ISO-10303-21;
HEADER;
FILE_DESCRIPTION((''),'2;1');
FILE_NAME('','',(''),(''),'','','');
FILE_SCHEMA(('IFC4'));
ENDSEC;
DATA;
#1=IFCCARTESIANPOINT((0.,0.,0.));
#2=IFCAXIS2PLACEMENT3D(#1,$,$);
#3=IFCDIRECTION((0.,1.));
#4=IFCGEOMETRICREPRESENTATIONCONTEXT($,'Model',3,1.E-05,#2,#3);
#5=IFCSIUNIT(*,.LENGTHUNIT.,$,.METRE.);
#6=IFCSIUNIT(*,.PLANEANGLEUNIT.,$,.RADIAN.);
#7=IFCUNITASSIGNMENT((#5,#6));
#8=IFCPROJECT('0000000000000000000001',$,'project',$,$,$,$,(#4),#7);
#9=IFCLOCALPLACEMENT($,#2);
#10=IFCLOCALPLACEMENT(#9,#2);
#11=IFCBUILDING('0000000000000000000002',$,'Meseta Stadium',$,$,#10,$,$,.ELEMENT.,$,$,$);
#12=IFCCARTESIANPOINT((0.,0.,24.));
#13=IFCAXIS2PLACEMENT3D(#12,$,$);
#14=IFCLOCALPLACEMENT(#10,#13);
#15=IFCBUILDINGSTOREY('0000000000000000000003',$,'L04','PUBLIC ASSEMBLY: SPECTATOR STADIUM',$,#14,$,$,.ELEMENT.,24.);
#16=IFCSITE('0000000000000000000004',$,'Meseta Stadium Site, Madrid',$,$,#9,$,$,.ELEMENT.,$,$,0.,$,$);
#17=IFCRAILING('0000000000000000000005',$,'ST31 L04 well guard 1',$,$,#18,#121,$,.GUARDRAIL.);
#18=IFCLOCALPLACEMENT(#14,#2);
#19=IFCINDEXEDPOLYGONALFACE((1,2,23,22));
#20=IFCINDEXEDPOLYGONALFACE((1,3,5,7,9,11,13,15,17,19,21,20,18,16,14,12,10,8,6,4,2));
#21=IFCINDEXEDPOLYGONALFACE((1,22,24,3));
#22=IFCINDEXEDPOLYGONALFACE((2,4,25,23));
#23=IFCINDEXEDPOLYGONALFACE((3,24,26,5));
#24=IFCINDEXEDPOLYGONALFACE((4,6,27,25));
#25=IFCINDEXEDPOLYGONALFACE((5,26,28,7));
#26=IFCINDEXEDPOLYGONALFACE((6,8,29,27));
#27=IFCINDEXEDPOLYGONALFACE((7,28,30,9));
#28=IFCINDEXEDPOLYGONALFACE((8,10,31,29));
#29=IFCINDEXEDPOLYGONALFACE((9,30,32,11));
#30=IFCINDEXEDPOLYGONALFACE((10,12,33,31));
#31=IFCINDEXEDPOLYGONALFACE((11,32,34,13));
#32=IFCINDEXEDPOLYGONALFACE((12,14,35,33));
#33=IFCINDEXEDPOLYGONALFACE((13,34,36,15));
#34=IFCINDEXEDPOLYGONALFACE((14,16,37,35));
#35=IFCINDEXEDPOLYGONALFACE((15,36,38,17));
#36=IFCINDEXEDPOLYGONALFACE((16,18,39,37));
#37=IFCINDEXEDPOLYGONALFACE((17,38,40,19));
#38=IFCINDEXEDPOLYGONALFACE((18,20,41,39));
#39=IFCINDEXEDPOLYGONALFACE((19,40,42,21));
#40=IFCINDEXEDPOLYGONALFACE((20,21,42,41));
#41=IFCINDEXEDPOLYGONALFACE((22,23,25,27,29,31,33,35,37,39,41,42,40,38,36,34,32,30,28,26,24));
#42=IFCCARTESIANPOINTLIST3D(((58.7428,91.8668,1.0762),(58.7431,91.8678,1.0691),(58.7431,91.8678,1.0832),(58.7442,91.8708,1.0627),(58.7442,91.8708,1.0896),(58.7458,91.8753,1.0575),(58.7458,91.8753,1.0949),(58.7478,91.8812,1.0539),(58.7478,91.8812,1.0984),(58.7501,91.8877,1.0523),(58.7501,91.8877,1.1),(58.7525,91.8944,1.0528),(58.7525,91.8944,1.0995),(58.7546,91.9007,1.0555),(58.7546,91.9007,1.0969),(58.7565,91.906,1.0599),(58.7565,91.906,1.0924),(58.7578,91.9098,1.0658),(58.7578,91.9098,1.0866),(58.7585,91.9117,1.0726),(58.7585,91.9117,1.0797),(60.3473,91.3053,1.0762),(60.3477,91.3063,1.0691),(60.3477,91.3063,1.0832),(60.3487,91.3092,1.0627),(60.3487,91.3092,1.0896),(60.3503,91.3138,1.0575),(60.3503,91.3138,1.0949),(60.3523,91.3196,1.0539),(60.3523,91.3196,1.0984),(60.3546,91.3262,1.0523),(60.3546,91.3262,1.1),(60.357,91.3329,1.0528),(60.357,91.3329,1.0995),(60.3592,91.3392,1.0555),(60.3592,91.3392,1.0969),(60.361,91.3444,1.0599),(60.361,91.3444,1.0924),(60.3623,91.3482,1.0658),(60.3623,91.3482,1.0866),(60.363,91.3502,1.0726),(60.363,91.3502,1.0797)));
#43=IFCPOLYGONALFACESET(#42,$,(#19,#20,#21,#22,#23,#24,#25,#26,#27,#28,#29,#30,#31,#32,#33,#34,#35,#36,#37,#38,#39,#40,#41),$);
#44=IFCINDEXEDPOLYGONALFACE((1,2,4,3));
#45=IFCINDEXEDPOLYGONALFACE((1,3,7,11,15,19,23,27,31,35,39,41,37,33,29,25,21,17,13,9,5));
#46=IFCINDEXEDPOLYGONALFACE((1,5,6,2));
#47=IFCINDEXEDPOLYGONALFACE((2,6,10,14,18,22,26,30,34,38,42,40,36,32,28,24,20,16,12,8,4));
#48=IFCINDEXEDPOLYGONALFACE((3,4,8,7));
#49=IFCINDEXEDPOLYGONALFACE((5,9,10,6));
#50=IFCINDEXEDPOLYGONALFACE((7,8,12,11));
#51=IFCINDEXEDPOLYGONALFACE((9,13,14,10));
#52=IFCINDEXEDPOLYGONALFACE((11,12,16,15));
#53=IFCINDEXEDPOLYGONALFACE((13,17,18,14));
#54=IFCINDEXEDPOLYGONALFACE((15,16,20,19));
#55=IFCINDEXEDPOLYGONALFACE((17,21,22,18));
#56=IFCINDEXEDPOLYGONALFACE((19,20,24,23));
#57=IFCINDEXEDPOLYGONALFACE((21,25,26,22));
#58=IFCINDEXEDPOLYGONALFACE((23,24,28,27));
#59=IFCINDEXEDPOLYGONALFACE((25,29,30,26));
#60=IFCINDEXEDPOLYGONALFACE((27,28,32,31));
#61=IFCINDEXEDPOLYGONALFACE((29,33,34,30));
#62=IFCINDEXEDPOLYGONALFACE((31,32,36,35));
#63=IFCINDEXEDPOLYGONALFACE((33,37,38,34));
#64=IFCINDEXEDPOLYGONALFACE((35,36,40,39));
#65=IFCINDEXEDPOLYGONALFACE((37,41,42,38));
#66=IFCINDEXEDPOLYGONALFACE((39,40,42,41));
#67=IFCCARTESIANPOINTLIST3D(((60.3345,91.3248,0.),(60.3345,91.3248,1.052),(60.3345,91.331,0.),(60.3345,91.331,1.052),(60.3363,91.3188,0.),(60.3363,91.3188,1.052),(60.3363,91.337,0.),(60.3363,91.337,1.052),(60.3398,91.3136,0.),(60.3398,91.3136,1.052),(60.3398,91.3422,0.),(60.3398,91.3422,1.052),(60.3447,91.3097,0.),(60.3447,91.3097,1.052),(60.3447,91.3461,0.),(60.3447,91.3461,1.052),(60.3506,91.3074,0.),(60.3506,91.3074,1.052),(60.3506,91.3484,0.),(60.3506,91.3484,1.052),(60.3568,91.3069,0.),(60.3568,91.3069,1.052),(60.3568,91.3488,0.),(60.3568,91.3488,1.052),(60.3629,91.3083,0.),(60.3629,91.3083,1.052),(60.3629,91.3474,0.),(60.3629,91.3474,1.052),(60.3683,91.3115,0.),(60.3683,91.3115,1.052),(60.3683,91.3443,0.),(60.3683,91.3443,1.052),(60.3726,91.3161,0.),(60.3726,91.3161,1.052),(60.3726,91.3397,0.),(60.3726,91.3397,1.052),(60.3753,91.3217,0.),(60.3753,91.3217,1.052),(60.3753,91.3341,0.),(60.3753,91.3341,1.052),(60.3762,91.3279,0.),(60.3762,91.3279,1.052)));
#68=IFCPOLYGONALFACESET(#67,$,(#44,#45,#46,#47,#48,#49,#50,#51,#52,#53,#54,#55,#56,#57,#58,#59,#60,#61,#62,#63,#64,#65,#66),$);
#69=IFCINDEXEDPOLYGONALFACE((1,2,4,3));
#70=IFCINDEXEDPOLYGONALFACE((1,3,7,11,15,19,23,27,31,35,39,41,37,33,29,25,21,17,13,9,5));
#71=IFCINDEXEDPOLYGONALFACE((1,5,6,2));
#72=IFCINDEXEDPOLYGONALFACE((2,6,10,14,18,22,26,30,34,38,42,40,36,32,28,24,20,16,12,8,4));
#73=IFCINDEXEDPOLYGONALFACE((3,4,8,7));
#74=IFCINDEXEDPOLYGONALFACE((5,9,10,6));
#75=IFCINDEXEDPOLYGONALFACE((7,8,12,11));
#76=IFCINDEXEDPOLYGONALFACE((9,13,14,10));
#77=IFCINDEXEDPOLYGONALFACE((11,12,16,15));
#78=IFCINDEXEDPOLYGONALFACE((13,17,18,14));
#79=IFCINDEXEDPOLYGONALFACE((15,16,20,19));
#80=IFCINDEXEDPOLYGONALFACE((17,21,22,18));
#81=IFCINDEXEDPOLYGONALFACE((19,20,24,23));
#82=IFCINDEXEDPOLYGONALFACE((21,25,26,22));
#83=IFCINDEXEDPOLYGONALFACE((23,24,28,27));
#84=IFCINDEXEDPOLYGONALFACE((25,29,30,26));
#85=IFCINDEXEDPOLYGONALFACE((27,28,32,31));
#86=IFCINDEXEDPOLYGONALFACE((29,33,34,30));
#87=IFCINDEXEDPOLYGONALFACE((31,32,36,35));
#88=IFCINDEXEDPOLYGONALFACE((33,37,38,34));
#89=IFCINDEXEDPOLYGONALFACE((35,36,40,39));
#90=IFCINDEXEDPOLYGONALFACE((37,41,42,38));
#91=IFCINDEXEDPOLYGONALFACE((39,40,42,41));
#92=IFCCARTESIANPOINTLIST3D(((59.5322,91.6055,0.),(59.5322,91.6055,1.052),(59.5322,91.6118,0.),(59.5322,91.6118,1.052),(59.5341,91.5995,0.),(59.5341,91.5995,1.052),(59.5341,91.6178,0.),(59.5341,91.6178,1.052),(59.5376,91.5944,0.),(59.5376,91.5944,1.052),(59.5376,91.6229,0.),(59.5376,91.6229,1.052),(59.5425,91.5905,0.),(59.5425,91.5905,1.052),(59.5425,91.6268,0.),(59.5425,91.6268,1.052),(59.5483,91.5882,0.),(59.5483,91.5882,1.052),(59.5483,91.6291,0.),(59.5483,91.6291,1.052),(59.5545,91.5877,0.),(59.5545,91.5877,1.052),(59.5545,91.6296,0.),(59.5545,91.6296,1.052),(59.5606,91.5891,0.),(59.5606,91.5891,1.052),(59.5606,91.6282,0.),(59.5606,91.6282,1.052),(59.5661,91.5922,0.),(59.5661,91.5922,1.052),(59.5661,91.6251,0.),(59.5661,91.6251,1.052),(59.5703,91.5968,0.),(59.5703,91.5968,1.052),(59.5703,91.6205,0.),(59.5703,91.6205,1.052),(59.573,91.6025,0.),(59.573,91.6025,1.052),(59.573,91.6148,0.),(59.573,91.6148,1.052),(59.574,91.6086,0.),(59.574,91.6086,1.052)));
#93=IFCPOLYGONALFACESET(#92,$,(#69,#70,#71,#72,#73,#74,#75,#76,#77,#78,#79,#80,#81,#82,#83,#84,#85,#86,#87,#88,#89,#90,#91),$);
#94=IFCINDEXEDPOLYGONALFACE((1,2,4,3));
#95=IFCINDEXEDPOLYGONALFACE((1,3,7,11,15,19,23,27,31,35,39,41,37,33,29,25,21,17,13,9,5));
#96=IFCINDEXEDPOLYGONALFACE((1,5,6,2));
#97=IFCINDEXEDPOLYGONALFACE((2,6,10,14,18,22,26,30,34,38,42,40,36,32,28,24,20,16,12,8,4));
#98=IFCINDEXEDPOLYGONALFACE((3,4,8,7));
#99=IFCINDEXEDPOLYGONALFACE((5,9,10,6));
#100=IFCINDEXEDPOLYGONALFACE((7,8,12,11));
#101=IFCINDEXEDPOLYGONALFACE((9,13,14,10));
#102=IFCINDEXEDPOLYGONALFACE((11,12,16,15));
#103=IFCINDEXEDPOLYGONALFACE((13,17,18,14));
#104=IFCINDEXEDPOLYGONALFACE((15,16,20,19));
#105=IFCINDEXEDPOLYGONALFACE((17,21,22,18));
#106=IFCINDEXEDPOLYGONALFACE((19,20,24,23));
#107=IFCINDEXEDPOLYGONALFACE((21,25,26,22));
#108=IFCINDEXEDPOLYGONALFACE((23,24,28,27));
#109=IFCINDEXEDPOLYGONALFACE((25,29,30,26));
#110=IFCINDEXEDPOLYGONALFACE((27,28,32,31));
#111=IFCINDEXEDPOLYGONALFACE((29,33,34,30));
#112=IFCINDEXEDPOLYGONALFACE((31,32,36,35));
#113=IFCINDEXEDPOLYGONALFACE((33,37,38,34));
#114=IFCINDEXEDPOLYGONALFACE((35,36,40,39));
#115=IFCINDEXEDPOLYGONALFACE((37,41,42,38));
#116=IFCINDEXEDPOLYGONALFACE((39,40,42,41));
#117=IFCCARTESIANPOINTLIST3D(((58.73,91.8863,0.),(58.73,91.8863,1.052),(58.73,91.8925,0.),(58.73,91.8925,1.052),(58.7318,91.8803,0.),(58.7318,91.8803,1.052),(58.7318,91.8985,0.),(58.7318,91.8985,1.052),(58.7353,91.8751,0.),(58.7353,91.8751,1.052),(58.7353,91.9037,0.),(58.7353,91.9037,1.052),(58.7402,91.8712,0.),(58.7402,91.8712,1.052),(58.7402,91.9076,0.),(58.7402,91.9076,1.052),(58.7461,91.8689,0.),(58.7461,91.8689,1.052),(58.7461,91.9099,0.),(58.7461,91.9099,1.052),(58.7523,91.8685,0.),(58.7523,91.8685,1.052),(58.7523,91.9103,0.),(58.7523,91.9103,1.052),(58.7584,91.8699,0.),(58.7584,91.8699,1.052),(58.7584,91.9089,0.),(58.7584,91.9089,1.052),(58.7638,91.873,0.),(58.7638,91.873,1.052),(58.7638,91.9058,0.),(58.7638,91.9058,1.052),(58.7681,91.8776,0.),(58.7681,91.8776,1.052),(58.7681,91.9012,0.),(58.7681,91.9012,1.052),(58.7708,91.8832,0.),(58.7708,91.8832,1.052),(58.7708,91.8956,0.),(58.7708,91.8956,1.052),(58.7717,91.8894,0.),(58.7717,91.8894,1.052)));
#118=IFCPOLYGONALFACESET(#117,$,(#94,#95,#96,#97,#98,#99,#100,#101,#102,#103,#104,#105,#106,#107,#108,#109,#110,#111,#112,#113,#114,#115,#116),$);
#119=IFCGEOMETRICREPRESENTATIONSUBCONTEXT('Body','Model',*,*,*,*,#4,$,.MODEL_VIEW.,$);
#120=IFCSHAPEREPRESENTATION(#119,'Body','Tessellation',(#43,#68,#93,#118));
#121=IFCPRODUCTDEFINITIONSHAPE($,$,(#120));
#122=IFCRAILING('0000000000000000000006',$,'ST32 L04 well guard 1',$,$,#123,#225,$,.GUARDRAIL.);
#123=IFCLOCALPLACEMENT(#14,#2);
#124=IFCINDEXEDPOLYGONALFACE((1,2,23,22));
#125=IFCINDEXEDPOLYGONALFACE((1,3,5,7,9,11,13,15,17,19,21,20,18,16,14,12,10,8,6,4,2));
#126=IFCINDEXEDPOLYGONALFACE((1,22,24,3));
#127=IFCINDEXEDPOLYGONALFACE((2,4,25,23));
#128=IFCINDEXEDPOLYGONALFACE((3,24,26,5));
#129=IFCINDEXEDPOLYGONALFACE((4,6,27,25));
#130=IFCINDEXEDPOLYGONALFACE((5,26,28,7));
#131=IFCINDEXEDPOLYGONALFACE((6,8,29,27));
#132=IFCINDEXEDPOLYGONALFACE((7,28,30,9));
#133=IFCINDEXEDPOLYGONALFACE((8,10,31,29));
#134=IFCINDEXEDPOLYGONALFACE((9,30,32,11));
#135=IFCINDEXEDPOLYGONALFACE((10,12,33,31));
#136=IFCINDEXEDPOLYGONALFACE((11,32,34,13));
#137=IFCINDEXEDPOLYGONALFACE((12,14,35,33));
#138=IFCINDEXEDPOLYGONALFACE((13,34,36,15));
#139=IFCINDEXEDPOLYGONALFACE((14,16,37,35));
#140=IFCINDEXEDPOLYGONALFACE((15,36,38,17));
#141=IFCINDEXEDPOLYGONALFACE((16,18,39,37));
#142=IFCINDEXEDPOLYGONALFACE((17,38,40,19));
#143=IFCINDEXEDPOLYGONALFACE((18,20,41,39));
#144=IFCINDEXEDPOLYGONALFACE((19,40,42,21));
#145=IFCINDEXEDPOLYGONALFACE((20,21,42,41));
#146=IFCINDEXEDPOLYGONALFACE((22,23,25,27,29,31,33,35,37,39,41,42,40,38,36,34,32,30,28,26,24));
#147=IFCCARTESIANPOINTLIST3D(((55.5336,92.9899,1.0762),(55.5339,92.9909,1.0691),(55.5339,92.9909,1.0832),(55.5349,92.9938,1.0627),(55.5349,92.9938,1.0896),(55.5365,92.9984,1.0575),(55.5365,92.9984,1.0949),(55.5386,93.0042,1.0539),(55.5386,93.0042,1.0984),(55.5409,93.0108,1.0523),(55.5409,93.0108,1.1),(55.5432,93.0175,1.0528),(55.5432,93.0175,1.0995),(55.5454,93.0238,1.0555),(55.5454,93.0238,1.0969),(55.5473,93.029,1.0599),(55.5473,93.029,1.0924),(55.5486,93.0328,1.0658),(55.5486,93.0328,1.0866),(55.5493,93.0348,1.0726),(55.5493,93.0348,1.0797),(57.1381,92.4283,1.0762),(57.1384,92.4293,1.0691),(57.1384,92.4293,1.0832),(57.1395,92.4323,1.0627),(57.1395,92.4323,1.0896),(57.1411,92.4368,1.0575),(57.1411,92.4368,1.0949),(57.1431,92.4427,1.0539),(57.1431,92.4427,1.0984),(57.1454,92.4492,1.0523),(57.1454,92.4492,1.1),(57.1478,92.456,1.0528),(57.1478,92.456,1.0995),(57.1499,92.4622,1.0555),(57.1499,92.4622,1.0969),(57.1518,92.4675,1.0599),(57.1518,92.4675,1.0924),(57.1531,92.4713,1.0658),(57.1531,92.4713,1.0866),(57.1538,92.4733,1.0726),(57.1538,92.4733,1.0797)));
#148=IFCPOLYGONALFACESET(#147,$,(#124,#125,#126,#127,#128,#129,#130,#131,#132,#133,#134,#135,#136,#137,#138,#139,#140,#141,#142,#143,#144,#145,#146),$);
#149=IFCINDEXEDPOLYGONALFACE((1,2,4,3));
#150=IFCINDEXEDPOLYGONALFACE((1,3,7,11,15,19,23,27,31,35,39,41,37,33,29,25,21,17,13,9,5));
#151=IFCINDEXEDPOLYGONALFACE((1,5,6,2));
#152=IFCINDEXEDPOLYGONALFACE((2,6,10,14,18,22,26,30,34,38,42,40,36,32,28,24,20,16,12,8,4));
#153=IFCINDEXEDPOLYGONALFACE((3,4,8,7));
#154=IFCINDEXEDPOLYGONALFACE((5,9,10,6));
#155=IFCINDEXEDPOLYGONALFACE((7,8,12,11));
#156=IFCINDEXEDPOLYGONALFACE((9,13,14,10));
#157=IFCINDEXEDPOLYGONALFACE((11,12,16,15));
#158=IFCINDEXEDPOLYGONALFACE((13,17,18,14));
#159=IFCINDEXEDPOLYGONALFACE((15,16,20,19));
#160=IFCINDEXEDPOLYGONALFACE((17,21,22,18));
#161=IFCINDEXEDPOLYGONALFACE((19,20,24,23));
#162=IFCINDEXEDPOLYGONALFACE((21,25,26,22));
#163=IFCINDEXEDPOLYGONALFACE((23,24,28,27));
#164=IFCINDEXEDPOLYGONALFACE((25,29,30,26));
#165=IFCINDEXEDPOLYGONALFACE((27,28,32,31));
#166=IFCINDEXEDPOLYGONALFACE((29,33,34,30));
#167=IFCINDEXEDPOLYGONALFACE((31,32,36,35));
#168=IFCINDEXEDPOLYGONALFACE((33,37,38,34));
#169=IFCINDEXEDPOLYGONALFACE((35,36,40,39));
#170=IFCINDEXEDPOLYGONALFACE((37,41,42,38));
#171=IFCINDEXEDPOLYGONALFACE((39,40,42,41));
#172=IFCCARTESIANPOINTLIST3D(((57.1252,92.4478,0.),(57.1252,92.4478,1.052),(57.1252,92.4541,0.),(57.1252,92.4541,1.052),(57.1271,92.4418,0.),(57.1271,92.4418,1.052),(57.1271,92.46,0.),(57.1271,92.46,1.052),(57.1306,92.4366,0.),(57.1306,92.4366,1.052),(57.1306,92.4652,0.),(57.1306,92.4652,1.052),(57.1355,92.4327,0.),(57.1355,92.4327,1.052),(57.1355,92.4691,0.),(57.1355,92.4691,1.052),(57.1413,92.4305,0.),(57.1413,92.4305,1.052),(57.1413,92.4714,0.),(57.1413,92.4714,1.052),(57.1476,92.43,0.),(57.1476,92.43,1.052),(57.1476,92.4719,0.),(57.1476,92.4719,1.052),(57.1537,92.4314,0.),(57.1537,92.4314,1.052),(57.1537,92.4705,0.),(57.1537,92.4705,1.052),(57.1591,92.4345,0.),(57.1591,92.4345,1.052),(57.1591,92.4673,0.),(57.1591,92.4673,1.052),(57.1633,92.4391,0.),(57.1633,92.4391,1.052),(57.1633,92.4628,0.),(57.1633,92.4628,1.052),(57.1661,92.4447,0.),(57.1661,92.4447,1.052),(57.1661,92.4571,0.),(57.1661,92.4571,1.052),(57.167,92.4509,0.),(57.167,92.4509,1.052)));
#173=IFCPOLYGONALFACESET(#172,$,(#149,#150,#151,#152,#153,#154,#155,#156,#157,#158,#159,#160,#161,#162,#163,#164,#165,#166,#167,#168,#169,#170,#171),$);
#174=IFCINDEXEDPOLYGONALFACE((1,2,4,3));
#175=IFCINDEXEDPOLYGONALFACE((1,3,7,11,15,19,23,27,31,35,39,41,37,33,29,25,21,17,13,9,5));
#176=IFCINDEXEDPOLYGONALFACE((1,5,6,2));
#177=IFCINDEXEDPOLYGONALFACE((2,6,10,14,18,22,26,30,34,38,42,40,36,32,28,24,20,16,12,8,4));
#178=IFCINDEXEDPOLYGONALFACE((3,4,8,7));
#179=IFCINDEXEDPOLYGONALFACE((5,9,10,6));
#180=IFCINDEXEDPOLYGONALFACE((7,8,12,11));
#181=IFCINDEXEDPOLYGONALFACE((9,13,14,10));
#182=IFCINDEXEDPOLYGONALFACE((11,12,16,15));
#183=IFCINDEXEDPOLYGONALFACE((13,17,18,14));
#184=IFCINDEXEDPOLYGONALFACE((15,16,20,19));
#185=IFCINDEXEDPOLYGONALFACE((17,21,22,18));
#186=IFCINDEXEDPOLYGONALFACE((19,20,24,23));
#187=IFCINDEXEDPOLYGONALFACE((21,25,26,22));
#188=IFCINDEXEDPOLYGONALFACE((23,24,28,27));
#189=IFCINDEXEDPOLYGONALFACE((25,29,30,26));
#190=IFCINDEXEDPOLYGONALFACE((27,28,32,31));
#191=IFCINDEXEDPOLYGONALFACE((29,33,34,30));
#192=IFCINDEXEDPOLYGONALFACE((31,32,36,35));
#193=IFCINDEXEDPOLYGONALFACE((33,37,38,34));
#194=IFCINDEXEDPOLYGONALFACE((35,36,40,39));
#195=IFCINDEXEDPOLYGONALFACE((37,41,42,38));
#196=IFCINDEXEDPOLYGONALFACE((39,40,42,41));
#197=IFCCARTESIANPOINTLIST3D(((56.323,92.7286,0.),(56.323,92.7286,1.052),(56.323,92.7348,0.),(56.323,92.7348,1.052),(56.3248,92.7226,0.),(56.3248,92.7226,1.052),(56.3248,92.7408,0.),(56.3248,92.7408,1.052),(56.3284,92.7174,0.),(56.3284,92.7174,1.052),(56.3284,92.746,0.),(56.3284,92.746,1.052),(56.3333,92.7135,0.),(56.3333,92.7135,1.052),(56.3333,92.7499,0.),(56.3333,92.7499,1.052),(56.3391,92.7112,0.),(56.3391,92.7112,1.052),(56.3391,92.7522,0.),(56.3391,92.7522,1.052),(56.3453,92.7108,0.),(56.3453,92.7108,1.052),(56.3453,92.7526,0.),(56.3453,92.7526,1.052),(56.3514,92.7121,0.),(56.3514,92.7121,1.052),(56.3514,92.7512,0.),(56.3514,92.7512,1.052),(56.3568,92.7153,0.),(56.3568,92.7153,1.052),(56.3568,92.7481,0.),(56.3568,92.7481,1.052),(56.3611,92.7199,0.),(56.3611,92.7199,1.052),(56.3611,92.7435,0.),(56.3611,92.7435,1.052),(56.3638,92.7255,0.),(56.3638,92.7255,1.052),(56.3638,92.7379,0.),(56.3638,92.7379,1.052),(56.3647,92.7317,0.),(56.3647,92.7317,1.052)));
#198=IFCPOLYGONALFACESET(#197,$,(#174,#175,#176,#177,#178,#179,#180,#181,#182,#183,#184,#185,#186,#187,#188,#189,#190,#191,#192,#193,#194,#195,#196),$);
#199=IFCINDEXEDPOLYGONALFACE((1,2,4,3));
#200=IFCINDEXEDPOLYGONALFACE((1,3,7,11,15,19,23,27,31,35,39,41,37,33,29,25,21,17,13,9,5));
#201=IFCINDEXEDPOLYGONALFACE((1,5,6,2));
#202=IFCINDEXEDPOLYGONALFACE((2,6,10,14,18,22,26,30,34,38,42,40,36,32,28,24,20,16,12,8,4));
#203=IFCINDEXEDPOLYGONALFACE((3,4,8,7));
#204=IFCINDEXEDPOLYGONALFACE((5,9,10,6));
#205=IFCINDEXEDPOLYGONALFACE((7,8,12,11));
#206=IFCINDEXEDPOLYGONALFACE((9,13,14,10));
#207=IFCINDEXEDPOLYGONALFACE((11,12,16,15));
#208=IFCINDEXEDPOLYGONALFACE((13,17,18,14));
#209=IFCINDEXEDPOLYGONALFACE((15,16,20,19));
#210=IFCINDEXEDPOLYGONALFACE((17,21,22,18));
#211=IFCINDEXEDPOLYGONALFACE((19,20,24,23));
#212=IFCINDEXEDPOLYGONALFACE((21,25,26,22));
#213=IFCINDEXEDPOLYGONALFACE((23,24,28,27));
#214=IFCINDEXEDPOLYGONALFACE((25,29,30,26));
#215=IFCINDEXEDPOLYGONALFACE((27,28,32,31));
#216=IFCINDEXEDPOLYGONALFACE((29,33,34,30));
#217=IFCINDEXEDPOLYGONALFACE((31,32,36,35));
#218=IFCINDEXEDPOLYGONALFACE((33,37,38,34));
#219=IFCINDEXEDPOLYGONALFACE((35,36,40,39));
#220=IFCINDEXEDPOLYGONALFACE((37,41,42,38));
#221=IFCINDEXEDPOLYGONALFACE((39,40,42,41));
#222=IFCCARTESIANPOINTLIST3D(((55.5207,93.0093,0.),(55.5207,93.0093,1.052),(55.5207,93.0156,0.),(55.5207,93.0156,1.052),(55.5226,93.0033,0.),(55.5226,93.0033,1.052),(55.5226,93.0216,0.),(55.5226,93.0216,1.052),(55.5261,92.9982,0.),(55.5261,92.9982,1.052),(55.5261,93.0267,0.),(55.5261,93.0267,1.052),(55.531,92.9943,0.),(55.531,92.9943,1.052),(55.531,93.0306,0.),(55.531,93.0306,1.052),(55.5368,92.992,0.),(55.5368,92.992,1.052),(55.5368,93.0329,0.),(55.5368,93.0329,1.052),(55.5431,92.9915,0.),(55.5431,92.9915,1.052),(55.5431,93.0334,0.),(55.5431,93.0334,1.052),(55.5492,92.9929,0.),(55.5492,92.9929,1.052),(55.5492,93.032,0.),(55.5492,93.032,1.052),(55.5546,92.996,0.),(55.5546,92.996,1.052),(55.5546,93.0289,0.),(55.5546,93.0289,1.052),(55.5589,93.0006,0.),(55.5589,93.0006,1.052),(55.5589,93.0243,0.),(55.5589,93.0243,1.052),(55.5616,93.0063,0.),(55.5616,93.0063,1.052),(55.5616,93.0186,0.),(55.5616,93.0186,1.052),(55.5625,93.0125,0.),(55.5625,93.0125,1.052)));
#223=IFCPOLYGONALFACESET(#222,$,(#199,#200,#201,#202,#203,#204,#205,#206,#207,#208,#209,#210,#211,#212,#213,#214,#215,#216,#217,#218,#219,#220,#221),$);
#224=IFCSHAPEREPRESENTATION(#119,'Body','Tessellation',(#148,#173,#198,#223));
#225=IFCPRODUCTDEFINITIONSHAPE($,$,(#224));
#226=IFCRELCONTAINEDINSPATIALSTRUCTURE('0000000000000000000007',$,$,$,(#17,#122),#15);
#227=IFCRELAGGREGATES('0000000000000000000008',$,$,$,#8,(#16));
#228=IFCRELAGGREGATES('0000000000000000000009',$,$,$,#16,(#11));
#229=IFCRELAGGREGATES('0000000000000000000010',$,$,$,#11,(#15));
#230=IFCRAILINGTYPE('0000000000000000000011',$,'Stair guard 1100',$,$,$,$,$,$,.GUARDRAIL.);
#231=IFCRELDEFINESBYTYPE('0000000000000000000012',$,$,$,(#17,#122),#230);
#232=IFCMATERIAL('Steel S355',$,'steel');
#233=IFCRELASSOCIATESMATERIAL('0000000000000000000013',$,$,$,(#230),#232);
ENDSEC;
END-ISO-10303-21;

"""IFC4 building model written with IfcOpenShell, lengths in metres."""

from ifc_helpers import new_model, si_unit, direction, frame, origin, origin_2d, place, context, subcontext, project, spatial, circle, extrude, material, type_object, element, save


model = new_model("IFC4")

# Units and contexts
model_context = context("Model", 3, precision=1e-05, world=origin(), true_north=direction((0.0, 1.0)))
body_context = subcontext(model_context, "Body", "Model", "MODEL_VIEW")
ifc_project = project(units=[si_unit("LENGTHUNIT", "METRE"), si_unit("PLANEANGLEUNIT", "RADIAN")], contexts=[model_context])

# Site, building, storey
site_placement = place(None, origin())
site = spatial("IfcSite", under=ifc_project, at=site_placement, Name="Meseta Stadium Site, Madrid", CompositionType="ELEMENT", RefElevation=0.0)
building_placement = place(site_placement, origin())
building = spatial("IfcBuilding", under=site, at=building_placement, Name="Meseta Stadium", CompositionType="ELEMENT")
storey_placement = place(building_placement, frame((0.0, 0.0, 24.0)))
storey = spatial("IfcBuildingStorey", under=building, at=storey_placement, Name="L04", Description="PUBLIC ASSEMBLY: SPECTATOR STADIUM", CompositionType="ELEMENT", Elevation=24.0)

# Railings
ifc_material_1 = material(Name="Steel S355", Category="steel")
railing_type = type_object("IfcRailingType", Name="Stair guard 1100", PredefinedType="GUARDRAIL", material=ifc_material_1)
for number, where, name in (
    (1, (60.3552, 91.3279, 0.0), "ST31 L04 well guard 1"),
    (2, (57.146, 92.4509, 0.0), "ST32 L04 well guard 1"),
):
    element("IfcRailing", number, at=place(storey_placement, frame(where)), inside=storey, type_object=railing_type, Name=name, PredefinedType="GUARDRAIL", context=body_context, shape_type="SweptSolid", body=[
        extrude(circle(Radius=0.0239, at=origin_2d()), frame((0.0, 0.0, 1.0762), z_axis=(-0.943867, 0.330325, 0.0), x_axis=(-0.330325, -0.943867, 0.0)), (0.0, 0.0, 1.0), 1.7),
        extrude(circle(Radius=0.021, at=origin_2d()), origin(), (0.0, 0.0, 1.0), 1.052),
        extrude(circle(Radius=0.021, at=origin_2d()), frame((-0.8022, 0.2808, 0.0)), (0.0, 0.0, 1.0), 1.052),
        extrude(circle(Radius=0.021, at=origin_2d()), frame((-1.6045, 0.5615, 0.0)), (0.0, 0.0, 1.0), 1.052),
    ])

save(model, "model.ifc")
